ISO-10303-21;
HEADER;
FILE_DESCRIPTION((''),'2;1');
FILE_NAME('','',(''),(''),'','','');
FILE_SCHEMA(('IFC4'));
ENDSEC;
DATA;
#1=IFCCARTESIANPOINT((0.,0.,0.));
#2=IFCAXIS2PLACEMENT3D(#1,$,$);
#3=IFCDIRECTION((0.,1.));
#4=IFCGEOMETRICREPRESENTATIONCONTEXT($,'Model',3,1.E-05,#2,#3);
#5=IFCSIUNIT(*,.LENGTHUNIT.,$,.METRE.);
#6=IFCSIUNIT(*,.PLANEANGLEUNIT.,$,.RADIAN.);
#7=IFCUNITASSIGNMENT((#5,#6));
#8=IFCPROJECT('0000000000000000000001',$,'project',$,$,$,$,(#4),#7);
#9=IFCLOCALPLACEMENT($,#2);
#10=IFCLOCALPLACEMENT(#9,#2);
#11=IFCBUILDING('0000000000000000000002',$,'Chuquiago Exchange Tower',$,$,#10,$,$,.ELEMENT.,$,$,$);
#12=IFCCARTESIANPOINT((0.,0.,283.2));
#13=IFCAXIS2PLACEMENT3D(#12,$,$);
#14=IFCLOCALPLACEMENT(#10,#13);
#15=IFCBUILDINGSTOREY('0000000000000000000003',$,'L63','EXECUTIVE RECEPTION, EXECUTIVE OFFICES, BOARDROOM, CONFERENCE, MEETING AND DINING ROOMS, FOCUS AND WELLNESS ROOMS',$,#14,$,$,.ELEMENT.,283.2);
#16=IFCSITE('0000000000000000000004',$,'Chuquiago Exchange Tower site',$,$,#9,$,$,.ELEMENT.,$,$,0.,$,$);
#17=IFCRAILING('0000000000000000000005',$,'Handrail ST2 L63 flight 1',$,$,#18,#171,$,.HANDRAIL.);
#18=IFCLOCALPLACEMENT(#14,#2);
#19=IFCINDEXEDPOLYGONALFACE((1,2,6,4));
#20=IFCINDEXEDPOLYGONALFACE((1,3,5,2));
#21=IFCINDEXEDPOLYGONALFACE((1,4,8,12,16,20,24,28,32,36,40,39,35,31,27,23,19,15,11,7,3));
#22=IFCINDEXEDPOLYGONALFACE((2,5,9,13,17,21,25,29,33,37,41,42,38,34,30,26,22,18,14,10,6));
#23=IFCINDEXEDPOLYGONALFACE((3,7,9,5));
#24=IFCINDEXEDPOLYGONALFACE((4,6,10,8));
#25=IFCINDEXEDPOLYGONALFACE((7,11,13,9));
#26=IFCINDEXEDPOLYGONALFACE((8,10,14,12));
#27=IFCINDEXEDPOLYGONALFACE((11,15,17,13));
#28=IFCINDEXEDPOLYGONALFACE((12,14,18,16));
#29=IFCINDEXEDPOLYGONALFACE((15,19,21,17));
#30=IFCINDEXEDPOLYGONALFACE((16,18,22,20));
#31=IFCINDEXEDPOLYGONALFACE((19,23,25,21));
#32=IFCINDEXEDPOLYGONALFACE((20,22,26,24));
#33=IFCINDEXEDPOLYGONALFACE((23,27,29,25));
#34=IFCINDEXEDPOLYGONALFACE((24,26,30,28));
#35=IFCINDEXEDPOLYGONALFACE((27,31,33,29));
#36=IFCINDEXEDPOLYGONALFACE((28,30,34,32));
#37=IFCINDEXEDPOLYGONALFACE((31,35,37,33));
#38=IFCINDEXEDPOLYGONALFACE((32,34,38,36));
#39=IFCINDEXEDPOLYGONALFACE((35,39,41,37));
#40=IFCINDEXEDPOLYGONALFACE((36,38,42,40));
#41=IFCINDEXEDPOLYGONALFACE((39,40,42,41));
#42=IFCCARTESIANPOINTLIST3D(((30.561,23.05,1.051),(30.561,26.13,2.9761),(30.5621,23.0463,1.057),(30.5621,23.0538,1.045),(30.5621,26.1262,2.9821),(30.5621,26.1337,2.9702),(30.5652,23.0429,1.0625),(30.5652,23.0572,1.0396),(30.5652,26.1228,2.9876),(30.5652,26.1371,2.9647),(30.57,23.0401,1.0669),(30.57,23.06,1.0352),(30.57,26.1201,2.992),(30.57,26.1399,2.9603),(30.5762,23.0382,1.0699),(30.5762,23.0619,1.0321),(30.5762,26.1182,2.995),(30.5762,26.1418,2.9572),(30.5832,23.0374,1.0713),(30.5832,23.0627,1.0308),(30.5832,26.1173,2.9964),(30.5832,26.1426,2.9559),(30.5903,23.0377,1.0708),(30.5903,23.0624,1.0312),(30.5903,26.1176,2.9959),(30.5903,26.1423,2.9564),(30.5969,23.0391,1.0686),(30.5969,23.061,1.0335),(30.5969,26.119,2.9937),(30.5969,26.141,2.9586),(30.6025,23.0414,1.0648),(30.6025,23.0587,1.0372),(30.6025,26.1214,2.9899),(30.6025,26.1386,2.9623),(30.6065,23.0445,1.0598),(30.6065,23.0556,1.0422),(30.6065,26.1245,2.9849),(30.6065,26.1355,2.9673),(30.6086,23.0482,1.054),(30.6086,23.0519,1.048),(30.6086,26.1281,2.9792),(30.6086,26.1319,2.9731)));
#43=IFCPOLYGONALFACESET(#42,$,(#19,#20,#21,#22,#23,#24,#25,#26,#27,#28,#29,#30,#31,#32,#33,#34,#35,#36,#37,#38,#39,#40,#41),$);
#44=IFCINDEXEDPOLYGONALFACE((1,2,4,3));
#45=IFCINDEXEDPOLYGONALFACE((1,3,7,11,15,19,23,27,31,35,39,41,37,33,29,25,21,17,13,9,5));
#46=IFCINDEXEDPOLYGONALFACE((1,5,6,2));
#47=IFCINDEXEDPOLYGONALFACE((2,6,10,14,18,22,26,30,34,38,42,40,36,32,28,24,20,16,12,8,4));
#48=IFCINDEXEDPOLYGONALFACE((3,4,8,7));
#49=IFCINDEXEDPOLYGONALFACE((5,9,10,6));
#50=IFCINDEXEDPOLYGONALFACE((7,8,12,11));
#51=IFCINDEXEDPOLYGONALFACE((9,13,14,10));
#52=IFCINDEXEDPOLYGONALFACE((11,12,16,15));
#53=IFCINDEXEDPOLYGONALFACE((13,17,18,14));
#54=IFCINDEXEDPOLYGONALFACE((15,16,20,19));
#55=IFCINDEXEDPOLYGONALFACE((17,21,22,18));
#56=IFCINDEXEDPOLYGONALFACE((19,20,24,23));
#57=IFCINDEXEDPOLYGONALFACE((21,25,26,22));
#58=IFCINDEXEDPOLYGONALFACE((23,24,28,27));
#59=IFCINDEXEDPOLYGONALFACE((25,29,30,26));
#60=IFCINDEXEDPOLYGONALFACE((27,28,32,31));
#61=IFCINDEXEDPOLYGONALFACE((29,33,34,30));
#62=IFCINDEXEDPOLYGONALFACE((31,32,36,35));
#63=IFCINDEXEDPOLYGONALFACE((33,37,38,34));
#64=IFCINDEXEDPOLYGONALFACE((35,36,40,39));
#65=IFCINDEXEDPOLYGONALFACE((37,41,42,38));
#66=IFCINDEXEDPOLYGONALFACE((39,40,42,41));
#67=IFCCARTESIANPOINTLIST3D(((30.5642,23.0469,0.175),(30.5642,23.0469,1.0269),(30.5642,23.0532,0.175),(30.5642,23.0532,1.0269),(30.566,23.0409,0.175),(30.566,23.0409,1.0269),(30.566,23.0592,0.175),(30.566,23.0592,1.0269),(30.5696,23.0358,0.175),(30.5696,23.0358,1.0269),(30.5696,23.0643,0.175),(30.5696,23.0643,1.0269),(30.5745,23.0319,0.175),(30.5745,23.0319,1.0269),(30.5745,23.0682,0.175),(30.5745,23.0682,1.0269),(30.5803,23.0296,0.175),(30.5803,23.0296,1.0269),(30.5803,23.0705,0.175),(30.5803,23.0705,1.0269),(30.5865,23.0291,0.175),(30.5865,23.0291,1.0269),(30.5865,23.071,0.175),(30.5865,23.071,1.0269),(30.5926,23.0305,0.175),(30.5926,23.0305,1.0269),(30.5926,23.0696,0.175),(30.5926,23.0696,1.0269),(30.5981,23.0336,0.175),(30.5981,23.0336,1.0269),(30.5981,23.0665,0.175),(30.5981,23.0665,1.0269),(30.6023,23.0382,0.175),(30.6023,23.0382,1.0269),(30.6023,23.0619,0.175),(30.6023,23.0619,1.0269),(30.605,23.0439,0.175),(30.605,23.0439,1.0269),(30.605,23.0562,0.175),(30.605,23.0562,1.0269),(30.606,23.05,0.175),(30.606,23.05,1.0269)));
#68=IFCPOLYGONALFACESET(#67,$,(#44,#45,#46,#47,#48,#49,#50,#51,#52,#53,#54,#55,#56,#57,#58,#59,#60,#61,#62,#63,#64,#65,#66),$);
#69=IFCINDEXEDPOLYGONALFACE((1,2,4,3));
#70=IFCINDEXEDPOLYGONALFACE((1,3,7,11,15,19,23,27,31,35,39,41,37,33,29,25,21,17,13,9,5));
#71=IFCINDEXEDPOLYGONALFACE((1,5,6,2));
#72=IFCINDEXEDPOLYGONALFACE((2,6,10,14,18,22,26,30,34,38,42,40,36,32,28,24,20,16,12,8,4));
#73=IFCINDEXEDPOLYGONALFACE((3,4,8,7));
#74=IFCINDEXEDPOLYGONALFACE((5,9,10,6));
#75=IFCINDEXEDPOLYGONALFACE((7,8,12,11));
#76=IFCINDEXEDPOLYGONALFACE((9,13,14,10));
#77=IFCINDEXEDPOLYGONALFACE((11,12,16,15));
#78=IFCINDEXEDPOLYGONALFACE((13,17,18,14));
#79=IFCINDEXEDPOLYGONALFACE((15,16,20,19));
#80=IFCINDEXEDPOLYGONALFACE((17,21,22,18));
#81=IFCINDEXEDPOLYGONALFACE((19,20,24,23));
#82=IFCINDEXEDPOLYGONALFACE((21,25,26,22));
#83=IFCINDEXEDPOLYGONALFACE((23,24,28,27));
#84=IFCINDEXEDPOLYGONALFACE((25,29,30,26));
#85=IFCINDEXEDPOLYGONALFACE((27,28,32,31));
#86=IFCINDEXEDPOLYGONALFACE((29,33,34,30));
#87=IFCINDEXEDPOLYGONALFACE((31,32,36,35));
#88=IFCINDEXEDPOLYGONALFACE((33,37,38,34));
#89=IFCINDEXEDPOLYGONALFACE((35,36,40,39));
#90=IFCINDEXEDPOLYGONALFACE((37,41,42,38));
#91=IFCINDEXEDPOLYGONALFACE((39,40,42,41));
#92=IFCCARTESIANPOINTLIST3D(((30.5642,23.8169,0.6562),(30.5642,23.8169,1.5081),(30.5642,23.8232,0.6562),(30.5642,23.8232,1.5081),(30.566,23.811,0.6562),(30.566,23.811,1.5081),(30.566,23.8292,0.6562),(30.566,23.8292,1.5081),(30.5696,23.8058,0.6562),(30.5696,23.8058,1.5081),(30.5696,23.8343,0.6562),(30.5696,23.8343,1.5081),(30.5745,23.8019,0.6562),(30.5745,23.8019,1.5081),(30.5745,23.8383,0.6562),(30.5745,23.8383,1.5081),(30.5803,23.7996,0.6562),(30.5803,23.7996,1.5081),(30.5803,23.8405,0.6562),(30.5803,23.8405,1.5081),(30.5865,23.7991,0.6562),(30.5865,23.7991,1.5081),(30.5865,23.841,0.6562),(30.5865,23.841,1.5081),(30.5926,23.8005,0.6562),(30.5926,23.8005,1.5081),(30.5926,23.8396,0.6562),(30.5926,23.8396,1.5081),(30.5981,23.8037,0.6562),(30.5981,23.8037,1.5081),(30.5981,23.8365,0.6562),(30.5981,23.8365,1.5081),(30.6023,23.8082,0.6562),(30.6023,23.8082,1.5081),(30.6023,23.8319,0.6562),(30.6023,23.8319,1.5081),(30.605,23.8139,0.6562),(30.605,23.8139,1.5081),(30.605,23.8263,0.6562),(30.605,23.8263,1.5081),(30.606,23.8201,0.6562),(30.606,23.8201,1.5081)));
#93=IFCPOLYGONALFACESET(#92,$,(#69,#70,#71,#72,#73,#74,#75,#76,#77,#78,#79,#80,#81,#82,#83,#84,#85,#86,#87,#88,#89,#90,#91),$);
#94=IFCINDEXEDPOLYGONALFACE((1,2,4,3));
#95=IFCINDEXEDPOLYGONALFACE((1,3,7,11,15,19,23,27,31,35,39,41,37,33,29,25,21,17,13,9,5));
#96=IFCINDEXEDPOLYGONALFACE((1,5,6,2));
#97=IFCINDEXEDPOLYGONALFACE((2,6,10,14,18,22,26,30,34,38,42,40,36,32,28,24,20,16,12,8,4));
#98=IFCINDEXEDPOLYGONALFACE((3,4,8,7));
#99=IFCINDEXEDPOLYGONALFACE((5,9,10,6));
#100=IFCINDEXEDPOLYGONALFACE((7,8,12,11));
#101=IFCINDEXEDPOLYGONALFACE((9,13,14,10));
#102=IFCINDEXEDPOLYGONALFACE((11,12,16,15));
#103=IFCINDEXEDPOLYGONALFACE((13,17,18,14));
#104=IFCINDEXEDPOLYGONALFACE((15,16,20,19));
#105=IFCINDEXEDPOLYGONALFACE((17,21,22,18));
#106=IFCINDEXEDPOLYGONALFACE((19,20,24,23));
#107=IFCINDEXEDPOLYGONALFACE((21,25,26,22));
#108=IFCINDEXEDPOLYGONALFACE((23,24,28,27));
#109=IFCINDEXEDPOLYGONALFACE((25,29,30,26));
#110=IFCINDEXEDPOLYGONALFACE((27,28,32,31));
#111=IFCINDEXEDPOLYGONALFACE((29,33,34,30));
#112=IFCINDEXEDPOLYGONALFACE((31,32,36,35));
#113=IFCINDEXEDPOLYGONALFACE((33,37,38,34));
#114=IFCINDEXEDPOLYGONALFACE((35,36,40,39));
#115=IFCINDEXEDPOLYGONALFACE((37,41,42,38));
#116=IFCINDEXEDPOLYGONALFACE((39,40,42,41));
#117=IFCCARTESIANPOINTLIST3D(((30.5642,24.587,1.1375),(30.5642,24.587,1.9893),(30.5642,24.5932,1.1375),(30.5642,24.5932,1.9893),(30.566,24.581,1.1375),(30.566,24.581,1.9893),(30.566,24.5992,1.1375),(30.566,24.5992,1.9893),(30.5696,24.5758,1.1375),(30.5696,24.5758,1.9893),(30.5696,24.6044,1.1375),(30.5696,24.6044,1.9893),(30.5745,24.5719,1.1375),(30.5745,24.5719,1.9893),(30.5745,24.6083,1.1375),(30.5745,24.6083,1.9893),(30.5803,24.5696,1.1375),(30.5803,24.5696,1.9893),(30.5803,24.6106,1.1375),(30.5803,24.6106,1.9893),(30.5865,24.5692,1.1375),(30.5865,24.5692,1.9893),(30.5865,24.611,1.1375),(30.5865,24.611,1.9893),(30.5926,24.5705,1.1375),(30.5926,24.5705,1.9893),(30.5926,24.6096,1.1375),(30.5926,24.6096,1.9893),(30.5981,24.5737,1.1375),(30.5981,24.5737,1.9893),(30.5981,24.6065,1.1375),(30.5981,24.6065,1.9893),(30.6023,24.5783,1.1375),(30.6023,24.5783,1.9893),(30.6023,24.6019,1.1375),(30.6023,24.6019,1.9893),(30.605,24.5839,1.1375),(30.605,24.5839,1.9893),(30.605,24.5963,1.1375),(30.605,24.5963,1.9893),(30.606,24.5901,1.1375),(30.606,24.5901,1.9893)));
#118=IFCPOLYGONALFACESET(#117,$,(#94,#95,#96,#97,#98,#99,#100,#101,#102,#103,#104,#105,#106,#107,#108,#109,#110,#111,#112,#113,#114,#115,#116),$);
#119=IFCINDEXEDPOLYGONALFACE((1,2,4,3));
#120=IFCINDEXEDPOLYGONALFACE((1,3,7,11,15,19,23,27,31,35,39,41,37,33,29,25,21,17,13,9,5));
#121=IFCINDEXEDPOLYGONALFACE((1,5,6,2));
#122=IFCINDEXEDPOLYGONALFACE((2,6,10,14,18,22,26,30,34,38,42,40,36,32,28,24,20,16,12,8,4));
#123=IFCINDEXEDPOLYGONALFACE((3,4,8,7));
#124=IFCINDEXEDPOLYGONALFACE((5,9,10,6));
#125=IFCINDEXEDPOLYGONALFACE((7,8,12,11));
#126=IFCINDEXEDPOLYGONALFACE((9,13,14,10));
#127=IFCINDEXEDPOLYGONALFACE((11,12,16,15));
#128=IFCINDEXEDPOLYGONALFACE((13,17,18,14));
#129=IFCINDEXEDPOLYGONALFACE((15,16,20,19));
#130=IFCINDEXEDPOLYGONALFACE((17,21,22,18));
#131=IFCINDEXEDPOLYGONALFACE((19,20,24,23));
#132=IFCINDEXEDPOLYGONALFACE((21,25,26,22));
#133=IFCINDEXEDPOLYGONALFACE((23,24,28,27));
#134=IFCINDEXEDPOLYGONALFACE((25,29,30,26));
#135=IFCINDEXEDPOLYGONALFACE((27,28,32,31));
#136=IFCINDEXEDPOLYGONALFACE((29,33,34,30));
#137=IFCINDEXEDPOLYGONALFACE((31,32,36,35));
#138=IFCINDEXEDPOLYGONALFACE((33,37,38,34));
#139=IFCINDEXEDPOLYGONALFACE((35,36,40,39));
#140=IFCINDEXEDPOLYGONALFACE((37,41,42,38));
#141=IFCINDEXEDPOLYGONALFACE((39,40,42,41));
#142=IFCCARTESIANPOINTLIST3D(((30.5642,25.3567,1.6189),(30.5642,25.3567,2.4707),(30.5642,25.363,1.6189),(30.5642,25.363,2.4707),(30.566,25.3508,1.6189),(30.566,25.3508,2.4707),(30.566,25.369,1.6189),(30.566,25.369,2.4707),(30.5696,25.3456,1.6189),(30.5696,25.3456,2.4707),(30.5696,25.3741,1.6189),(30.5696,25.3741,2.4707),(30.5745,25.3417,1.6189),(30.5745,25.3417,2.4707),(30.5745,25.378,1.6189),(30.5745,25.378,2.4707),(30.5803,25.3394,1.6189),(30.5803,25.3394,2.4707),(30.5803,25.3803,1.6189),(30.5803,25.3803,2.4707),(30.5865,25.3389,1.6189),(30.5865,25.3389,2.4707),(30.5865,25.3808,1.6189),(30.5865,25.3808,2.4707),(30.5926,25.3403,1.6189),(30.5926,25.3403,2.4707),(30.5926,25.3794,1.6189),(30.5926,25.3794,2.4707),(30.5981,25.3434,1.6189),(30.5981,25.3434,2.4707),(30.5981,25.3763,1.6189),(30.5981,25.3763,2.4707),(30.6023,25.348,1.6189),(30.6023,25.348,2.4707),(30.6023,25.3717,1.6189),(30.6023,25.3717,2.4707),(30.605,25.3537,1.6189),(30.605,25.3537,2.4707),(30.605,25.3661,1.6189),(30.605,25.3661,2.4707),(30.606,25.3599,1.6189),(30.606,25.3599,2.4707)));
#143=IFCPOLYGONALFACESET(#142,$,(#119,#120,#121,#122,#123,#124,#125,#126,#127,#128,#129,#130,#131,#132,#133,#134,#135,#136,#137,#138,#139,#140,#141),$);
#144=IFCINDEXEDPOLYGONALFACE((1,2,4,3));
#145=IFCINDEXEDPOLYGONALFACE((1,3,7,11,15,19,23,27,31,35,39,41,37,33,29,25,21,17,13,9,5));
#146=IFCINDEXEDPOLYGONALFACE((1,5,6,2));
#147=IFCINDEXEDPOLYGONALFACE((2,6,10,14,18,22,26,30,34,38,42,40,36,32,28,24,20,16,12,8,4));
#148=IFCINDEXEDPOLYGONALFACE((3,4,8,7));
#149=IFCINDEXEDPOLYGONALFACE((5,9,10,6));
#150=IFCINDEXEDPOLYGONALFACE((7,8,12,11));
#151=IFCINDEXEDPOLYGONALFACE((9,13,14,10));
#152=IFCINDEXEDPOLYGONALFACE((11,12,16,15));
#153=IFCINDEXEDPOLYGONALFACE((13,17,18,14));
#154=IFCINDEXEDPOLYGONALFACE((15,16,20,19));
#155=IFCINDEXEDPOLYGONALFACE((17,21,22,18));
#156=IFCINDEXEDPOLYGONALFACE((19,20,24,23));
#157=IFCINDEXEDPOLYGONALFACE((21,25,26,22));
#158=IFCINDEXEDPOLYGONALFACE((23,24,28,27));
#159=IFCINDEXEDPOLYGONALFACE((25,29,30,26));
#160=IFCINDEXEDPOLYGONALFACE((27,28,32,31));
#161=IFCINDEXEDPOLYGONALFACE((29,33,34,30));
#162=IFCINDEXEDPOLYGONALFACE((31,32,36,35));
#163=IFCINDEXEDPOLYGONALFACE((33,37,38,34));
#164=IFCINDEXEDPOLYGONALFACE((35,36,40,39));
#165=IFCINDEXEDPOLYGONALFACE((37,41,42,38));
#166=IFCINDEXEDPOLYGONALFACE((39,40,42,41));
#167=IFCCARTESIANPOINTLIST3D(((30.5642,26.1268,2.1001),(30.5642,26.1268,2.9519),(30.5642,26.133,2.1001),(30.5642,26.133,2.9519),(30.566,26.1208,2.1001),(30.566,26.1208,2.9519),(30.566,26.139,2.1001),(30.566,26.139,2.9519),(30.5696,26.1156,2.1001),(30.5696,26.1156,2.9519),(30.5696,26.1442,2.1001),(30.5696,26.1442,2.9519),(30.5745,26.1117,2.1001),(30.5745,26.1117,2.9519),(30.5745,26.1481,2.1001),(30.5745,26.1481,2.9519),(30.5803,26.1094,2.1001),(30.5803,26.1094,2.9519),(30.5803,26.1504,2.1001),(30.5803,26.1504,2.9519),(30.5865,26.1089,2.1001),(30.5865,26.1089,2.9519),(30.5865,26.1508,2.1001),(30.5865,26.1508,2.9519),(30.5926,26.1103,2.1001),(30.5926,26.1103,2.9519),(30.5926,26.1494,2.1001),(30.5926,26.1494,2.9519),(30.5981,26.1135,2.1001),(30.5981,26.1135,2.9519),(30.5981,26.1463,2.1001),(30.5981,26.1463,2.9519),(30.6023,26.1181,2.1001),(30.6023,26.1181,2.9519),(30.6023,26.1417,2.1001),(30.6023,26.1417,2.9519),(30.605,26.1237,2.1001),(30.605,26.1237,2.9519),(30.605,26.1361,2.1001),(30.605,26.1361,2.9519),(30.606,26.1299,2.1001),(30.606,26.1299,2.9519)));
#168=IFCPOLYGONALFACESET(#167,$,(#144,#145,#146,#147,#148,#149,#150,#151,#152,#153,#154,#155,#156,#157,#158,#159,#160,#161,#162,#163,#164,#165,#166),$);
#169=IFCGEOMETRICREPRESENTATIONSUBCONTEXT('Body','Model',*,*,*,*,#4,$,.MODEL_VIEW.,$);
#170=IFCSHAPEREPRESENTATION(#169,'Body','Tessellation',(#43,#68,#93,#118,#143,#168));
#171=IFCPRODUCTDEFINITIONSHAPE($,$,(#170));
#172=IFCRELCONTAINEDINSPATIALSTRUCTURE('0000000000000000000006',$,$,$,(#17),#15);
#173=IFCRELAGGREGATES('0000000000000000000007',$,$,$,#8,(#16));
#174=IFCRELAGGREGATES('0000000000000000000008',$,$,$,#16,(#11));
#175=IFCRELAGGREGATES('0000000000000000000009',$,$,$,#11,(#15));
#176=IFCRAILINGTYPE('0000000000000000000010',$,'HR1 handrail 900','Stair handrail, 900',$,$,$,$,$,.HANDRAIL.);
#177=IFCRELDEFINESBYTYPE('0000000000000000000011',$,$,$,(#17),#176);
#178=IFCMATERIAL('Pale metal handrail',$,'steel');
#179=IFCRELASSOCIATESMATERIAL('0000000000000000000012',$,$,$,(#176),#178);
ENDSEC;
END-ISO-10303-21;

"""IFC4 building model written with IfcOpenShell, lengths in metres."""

from ifc_helpers import new_model, si_unit, direction, frame, origin, origin_2d, place, context, subcontext, project, spatial, circle, extrude, material, type_object, element, save


model = new_model("IFC4")

# Units and contexts
model_context = context("Model", 3, precision=1e-05, world=origin(), true_north=direction((0.0, 1.0)))
body_context = subcontext(model_context, "Body", "Model", "MODEL_VIEW")
ifc_project = project(units=[si_unit("LENGTHUNIT", "METRE"), si_unit("PLANEANGLEUNIT", "RADIAN")], contexts=[model_context])

# Site, building, storey
site_placement = place(None, origin())
site = spatial("IfcSite", under=ifc_project, at=site_placement, Name="Chuquiago Exchange Tower site", CompositionType="ELEMENT", RefElevation=0.0)
building_placement = place(site_placement, origin())
building = spatial("IfcBuilding", under=site, at=building_placement, Name="Chuquiago Exchange Tower", CompositionType="ELEMENT")
storey_placement = place(building_placement, frame((0.0, 0.0, 283.2)))
storey = spatial("IfcBuildingStorey", under=building, at=storey_placement, Name="L63", Description="EXECUTIVE RECEPTION, EXECUTIVE OFFICES, BOARDROOM, CONFERENCE, MEETING AND DINING ROOMS, FOCUS AND WELLNESS ROOMS", CompositionType="ELEMENT", Elevation=283.2)

# Railing
ifc_material_1 = material(Name="Pale metal handrail", Category="steel")
railing_type_1 = type_object("IfcRailingType", Name="HR1 handrail 900", Description="Stair handrail, 900", PredefinedType="HANDRAIL", material=ifc_material_1)
railing_1_placement = place(storey_placement, frame((30.585, 23.05, 0.175)))
element("IfcRailing", 1, at=railing_1_placement, inside=storey, type_object=railing_type_1, Name="Handrail ST2 L63 flight 1", PredefinedType="HANDRAIL", context=body_context, shape_type="SweptSolid", body=[
    extrude(circle(Radius=0.0239, at=origin_2d()), frame((0.0, 0.0, 0.876), z_axis=(0.0, 0.847979, 0.530029), x_axis=(-1.0, 0.0, 0.0)), (0.0, 0.0, 1.0), 3.6321),
    extrude(circle(Radius=0.021, at=origin_2d()), origin(), (0.0, 0.0, 1.0), 0.8518),
    extrude(circle(Radius=0.021, at=origin_2d()), frame((0.0, 0.77, 0.4812)), (0.0, 0.0, 1.0), 0.8518),
    extrude(circle(Radius=0.021, at=origin_2d()), frame((0.0, 1.54, 0.9624)), (0.0, 0.0, 1.0), 0.8518),
    extrude(circle(Radius=0.021, at=origin_2d()), frame((0.0, 2.3098, 1.4438)), (0.0, 0.0, 1.0), 0.8518),
    extrude(circle(Radius=0.021, at=origin_2d()), frame((0.0, 3.0798, 1.925)), (0.0, 0.0, 1.0), 0.8518),
])

save(model, "model.ifc")
